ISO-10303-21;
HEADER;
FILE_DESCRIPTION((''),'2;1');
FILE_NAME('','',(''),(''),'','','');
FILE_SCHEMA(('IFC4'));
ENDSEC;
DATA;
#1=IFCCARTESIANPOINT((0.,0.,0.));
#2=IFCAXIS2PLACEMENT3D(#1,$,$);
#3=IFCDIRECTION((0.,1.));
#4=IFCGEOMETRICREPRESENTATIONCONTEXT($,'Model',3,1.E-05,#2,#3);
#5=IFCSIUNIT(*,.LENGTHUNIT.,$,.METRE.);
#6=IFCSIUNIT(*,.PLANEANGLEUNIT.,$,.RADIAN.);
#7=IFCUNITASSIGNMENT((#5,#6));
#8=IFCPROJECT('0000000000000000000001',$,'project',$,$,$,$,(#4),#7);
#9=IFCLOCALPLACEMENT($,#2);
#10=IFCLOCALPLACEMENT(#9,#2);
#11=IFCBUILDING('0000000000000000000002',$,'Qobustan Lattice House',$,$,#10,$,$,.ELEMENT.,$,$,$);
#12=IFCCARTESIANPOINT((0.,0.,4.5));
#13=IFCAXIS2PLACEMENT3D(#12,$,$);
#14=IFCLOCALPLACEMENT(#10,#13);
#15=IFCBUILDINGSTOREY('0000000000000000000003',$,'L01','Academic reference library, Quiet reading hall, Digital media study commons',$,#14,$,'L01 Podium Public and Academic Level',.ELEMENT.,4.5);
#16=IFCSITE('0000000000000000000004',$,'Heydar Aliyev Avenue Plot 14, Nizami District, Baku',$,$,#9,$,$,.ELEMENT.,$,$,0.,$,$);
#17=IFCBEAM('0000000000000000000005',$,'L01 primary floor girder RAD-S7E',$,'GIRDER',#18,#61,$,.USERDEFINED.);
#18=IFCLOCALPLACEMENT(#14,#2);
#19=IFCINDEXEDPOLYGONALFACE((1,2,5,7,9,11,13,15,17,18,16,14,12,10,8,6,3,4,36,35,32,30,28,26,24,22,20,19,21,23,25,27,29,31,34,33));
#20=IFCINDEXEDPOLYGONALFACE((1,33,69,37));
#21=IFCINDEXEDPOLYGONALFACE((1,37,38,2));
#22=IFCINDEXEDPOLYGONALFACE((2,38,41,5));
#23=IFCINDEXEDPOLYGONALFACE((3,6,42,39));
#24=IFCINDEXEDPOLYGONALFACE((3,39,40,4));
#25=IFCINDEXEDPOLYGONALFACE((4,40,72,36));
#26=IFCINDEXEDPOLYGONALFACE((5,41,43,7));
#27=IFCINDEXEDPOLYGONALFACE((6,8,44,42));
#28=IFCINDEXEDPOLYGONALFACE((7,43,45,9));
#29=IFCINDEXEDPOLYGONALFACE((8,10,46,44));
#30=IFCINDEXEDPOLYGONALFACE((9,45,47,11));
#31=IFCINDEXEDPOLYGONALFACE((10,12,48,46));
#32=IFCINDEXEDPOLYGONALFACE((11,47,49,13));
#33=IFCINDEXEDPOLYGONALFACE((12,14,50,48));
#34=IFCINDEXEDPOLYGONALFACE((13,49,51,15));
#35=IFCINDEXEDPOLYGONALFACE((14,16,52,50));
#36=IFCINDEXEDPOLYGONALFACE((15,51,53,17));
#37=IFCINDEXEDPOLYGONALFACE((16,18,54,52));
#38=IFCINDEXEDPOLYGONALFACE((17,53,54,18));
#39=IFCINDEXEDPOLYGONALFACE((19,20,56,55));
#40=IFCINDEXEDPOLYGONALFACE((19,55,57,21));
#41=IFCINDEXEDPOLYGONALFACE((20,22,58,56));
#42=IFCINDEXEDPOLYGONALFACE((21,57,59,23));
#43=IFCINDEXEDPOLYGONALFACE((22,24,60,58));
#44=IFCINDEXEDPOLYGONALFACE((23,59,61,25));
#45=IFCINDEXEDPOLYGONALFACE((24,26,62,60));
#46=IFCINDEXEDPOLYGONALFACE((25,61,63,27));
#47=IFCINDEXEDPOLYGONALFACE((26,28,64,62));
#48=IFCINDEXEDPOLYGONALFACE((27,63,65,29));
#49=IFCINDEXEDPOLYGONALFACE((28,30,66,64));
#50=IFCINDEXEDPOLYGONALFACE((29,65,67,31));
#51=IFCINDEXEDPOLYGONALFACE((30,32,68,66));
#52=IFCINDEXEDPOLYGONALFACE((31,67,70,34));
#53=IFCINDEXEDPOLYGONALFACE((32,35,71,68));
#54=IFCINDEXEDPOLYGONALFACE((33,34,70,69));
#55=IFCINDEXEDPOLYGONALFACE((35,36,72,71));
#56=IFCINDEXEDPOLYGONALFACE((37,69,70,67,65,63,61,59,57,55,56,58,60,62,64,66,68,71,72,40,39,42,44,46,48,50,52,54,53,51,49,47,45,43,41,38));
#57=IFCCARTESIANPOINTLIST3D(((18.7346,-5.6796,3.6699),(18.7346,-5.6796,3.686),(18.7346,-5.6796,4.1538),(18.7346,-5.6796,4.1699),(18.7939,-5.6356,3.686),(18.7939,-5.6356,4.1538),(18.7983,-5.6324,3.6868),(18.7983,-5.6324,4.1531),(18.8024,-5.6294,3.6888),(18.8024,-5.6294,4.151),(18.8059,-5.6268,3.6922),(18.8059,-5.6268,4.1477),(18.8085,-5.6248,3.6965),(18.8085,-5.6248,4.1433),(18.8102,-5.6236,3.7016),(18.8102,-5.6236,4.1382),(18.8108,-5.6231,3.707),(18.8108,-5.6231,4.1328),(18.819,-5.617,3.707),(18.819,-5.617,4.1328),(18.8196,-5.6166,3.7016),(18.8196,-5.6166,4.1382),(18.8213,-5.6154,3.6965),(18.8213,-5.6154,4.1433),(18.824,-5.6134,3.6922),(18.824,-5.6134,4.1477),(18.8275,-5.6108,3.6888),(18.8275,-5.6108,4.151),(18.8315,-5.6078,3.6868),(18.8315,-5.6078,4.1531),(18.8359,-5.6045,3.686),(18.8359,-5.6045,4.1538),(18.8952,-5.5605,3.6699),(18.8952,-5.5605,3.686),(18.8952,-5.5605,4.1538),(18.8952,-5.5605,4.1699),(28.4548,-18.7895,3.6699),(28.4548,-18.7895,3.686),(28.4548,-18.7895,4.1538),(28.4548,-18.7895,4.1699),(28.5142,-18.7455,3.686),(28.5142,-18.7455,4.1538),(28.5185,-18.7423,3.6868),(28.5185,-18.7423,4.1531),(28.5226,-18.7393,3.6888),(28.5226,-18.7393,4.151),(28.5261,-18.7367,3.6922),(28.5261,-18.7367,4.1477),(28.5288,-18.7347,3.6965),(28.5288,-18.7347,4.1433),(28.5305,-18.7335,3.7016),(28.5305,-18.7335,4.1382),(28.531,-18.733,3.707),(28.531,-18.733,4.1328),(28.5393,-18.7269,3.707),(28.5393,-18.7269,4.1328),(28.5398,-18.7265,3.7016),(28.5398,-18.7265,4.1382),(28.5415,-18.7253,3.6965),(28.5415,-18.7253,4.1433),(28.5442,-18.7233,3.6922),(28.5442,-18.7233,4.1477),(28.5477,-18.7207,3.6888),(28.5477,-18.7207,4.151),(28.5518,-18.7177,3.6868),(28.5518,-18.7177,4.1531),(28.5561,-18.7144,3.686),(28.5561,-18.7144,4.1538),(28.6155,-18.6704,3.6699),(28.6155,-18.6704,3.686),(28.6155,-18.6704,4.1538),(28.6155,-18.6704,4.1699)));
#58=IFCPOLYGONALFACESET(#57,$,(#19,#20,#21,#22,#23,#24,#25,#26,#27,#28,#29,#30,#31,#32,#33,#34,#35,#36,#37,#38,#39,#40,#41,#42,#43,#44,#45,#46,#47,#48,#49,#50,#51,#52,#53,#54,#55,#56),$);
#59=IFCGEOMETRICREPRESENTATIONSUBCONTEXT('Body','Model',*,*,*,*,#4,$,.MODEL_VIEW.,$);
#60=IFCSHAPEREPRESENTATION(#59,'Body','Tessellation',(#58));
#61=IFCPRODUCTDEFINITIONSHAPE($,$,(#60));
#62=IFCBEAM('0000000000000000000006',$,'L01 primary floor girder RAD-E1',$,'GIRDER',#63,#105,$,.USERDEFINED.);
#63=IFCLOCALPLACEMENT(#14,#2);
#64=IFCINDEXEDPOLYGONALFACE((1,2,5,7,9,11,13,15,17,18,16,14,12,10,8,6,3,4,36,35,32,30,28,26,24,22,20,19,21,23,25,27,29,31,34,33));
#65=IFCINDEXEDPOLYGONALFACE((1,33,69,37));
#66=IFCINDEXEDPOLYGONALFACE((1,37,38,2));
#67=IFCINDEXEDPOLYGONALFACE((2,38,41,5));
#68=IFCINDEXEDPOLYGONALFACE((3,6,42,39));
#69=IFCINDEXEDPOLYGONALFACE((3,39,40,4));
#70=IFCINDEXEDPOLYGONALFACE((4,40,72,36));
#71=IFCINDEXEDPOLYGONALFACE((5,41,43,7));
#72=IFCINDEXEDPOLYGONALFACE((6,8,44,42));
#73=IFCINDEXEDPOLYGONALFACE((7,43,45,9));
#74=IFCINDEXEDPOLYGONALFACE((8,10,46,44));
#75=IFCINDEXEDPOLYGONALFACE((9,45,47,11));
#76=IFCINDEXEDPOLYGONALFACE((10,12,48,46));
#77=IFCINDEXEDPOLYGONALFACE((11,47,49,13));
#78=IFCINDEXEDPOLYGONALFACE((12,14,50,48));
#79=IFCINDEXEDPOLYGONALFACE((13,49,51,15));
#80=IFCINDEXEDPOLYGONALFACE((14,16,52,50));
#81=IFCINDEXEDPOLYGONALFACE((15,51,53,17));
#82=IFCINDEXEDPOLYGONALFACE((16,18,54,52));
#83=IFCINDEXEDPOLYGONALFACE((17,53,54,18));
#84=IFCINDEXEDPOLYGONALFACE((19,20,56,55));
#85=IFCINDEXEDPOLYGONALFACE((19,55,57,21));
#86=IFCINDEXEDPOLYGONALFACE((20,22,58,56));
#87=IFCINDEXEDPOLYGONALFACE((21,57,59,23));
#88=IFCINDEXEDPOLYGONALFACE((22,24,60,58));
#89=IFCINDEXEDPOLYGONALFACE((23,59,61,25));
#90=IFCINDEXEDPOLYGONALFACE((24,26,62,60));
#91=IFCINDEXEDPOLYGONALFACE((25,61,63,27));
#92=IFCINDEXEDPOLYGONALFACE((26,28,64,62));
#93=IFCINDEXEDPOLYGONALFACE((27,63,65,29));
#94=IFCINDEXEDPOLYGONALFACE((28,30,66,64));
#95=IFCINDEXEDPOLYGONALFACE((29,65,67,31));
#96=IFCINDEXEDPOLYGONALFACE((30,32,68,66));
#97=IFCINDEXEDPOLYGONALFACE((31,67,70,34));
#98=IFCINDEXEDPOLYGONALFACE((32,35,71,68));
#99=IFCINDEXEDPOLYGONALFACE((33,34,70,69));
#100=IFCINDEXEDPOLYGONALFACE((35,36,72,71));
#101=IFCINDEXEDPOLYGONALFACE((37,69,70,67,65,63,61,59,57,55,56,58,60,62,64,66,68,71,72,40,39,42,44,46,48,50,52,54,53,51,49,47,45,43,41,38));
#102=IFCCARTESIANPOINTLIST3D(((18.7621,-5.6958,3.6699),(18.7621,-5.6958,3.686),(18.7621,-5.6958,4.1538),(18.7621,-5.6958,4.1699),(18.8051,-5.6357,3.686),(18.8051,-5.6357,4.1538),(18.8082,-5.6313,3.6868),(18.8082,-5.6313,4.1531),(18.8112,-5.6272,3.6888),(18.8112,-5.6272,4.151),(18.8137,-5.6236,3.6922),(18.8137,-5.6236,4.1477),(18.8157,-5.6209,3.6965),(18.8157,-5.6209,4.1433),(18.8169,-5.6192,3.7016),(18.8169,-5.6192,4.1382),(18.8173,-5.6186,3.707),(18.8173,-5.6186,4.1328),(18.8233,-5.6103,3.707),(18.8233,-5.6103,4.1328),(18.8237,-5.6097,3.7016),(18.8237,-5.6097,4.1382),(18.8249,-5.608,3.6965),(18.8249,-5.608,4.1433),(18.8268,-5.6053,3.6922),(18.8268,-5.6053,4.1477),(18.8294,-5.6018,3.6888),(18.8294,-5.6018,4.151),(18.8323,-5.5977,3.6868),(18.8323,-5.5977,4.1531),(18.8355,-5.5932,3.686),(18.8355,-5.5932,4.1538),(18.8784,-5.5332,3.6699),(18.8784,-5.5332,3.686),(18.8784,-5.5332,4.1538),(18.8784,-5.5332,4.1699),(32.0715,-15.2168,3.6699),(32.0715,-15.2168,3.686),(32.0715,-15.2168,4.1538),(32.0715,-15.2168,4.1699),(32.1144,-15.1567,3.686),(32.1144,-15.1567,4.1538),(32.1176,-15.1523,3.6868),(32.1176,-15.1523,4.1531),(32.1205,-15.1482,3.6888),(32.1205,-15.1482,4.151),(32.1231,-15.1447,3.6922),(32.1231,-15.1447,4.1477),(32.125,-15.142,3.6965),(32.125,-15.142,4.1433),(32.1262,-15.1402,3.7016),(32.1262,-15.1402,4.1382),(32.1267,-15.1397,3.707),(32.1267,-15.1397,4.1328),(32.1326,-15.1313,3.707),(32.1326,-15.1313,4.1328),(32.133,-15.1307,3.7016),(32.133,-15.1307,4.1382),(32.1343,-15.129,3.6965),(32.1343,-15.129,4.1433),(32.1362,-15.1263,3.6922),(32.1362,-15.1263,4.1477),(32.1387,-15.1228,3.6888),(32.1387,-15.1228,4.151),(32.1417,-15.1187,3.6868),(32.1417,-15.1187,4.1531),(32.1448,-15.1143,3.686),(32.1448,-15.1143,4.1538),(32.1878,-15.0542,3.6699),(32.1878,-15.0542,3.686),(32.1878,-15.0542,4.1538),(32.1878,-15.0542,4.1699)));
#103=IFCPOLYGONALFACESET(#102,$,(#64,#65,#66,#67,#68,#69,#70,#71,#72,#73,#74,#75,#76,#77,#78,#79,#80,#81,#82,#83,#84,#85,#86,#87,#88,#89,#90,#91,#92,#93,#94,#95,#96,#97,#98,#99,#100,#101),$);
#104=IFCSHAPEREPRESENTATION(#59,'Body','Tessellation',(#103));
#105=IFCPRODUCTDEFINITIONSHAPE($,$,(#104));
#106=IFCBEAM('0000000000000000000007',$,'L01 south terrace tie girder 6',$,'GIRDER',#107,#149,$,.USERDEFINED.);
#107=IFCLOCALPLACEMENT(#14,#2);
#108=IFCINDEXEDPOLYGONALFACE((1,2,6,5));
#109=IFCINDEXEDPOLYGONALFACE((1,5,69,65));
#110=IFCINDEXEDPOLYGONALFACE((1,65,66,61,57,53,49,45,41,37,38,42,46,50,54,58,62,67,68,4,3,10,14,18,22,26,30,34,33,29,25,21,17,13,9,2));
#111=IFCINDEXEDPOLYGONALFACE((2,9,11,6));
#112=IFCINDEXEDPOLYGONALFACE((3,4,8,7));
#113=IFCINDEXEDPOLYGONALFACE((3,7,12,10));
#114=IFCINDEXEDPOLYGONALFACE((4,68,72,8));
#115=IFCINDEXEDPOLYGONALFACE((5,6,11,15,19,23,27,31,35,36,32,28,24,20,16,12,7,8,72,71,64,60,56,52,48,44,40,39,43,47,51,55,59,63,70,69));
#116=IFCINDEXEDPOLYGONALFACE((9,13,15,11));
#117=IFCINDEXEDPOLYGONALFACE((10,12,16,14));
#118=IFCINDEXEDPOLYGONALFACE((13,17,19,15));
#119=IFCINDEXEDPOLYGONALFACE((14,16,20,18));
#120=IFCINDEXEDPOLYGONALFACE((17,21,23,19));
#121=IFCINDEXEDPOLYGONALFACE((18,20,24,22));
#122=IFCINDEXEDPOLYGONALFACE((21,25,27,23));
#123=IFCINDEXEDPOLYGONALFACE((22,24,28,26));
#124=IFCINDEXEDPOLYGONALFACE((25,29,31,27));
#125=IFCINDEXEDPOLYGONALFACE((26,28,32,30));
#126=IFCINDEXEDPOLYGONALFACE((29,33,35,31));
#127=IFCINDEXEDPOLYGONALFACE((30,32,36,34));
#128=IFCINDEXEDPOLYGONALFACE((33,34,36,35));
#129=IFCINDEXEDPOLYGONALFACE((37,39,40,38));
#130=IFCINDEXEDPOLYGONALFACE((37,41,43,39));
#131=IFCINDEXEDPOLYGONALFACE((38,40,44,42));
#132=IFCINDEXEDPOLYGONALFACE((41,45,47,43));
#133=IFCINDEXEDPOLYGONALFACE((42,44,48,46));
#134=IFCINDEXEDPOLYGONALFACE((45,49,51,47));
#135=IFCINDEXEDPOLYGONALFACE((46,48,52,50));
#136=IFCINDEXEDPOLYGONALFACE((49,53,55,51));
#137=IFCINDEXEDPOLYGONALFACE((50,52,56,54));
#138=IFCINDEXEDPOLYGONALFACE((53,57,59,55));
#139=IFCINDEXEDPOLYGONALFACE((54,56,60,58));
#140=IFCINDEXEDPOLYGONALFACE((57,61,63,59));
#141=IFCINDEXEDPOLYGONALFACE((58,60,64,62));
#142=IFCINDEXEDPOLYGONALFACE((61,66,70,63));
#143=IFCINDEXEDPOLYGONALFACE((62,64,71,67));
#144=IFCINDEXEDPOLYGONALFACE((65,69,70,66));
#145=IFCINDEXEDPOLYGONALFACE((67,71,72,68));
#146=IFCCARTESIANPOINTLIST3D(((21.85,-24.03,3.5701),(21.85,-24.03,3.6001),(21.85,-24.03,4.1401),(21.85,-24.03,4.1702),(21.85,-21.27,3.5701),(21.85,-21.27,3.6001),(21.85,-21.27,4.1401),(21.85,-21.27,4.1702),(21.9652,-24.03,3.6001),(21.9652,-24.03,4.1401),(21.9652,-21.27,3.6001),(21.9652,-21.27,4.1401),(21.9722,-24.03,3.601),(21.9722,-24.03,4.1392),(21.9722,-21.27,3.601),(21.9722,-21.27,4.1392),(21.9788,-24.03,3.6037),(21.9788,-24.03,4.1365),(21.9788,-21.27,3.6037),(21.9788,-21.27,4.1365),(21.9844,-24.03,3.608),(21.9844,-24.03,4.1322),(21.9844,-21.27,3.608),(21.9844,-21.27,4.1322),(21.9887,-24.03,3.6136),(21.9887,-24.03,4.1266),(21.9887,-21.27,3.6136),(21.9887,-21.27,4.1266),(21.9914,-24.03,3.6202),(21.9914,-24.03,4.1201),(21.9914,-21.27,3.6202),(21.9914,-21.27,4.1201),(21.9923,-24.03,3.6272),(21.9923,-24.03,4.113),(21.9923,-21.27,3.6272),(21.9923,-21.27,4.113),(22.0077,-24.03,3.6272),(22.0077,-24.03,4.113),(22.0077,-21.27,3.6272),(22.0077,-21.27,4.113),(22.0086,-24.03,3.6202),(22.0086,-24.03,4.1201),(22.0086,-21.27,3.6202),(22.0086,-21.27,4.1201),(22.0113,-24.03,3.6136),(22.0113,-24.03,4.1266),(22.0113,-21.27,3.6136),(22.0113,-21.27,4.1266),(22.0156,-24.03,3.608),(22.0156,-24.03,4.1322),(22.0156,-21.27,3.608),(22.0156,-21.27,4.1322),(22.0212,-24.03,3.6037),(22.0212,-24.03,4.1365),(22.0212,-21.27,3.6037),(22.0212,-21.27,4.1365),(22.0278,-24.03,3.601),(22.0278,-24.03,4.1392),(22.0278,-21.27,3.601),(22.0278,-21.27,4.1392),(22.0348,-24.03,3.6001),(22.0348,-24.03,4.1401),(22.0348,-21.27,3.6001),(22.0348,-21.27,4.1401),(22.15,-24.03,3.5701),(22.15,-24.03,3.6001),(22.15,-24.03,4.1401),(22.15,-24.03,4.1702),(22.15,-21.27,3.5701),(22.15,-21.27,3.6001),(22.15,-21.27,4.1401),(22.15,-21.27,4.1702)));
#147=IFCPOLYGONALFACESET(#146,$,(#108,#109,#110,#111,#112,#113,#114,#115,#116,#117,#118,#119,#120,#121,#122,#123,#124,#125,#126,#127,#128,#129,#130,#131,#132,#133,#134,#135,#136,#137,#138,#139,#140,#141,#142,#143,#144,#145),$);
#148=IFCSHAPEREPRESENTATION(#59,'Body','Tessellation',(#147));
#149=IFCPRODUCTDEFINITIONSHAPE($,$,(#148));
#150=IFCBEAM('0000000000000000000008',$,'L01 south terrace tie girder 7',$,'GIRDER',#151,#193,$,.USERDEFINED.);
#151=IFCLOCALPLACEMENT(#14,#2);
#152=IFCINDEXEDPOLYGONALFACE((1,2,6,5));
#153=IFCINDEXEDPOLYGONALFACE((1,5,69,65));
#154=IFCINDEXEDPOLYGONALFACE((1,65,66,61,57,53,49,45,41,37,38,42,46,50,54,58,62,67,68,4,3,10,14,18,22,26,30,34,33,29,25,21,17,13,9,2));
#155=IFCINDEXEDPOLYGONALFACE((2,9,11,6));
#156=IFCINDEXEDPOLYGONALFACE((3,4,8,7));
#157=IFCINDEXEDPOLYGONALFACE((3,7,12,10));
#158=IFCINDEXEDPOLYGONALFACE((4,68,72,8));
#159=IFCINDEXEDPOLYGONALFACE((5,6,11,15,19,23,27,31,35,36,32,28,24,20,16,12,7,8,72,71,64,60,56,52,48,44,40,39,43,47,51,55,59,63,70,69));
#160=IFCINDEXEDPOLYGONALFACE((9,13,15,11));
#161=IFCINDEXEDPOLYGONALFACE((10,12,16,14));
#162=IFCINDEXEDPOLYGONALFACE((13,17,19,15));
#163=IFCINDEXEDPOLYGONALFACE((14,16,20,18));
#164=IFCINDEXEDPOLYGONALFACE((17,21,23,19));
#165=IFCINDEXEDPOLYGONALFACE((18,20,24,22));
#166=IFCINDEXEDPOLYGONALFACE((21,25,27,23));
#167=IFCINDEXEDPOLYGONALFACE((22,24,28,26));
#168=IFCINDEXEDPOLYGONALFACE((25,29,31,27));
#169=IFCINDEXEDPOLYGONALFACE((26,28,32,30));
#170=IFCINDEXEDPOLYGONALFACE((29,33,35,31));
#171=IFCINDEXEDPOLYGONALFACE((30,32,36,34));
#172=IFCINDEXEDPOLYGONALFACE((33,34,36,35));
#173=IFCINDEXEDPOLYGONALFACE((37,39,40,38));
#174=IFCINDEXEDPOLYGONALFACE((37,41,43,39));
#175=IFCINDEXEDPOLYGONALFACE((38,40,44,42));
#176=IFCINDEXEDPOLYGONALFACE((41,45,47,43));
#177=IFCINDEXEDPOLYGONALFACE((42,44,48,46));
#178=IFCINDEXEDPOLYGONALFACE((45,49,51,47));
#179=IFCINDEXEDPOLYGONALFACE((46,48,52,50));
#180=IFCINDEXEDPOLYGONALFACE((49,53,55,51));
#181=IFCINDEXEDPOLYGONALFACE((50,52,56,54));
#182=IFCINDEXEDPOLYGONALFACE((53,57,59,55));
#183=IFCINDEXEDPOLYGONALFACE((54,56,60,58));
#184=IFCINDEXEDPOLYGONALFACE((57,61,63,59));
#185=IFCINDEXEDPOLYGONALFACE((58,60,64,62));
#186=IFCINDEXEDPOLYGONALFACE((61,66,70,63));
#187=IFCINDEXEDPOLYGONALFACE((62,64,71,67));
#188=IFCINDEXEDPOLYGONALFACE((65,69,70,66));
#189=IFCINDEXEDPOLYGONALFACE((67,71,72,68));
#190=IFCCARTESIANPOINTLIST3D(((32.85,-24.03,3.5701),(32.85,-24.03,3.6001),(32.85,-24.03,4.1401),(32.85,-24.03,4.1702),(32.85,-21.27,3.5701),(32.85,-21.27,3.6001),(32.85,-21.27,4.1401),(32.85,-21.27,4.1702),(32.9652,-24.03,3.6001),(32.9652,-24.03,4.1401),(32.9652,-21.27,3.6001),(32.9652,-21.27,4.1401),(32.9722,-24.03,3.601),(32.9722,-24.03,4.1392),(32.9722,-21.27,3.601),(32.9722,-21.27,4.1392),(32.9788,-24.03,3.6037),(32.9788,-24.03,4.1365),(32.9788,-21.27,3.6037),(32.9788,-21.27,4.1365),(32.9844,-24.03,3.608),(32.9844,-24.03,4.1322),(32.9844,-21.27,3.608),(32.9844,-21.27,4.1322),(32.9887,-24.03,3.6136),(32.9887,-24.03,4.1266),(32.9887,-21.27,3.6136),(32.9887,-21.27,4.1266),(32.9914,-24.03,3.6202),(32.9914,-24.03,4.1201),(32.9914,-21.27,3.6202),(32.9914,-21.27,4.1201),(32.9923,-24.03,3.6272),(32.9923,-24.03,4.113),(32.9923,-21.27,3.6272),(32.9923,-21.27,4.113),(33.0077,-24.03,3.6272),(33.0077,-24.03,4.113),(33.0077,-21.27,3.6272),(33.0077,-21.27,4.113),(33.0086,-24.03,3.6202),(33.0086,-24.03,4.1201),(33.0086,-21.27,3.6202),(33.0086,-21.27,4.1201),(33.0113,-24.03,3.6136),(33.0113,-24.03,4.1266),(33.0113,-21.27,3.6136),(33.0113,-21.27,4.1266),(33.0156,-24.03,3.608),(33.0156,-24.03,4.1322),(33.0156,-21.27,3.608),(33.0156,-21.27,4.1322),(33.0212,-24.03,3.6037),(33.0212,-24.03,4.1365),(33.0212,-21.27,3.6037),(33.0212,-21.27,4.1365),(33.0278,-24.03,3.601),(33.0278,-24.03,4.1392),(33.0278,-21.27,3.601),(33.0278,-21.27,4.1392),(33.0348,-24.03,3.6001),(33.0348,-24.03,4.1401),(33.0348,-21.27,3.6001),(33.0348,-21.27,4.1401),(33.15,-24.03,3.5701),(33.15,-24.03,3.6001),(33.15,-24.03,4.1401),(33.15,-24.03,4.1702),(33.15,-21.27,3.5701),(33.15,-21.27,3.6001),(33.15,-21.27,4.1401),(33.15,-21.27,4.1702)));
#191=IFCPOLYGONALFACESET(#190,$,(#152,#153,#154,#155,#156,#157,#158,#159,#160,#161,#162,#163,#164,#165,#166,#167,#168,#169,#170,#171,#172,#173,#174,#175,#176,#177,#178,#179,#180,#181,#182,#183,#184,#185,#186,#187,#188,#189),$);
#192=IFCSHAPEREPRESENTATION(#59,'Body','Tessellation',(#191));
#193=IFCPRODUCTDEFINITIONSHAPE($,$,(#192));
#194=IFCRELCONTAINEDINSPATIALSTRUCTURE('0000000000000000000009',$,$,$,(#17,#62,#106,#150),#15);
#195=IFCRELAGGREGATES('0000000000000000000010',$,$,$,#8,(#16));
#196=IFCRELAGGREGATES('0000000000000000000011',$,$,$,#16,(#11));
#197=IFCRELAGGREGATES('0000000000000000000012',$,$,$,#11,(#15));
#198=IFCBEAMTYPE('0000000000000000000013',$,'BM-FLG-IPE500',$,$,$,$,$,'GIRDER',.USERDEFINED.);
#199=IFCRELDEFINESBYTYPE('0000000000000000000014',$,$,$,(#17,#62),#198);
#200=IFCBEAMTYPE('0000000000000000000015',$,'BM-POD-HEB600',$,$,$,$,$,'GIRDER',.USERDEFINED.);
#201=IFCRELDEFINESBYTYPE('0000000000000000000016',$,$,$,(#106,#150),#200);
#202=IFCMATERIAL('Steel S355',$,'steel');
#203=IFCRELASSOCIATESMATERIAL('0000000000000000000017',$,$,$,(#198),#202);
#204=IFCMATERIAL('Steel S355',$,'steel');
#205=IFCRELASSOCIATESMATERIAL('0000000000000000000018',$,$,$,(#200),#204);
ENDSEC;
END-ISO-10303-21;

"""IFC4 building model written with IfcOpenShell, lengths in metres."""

from ifc_helpers import new_model, si_unit, direction, frame, origin, origin_2d, place, context, subcontext, project, spatial, i_section, extrude, material, material_profile, profile_set, type_object, element, save


model = new_model("IFC4")

# Units and contexts
model_context = context("Model", 3, precision=1e-05, world=origin(), true_north=direction((0.0, 1.0)))
body_context = subcontext(model_context, "Body", "Model", "MODEL_VIEW")
ifc_project = project(units=[si_unit("LENGTHUNIT", "METRE"), si_unit("PLANEANGLEUNIT", "RADIAN")], contexts=[model_context])

# Site, building, storey
site_placement = place(None, origin())
site = spatial("IfcSite", under=ifc_project, at=site_placement, Name="Heydar Aliyev Avenue Plot 14, Nizami District, Baku", CompositionType="ELEMENT", RefElevation=0.0)
building_placement = place(site_placement, origin())
building = spatial("IfcBuilding", under=site, at=building_placement, Name="Qobustan Lattice House", CompositionType="ELEMENT")
storey_placement = place(building_placement, frame((0.0, 0.0, 4.5)))
storey = spatial("IfcBuildingStorey", under=building, at=storey_placement, Name="L01", Description="Academic reference library, Quiet reading hall, Digital media study commons", LongName="L01 Podium Public and Academic Level", CompositionType="ELEMENT", Elevation=4.5)

# Beams
ifc_material_1 = material(Name="Steel S355", Category="steel")
ifc_material_profile_1 = material_profile(ifc_material_1, i_section(OverallWidth=0.2, OverallDepth=0.5, WebThickness=0.0103, FlangeThickness=0.0161, FilletRadius=0.021, at=origin_2d()), Name="IPE500")
ifc_profile_set_1 = profile_set([ifc_material_profile_1], Name="Steel S355")
beam_type_1 = type_object("IfcBeamType", Name="BM-FLG-IPE500", ElementType="GIRDER", PredefinedType="USERDEFINED", material=ifc_profile_set_1)
beam_1_placement = place(storey_placement, frame((28.5352, -18.73, 3.9199), z_axis=(-0.595592, 0.803287, 0.0), x_axis=(-0.803287, -0.595592, 0.0)))
element("IfcBeam", 1, at=beam_1_placement, inside=storey, type_object=beam_type_1, Name="L01 primary floor girder RAD-S7E", ObjectType="GIRDER", PredefinedType="USERDEFINED", context=body_context, shape_type="SweptSolid", body=[
    extrude(i_section(OverallWidth=0.2, OverallDepth=0.5, WebThickness=0.0103, FlangeThickness=0.0161, FilletRadius=0.021, at=origin_2d()), origin(), (0.0, 0.0, 1.0), 16.3203),
])
beam_2_placement = place(storey_placement, frame((32.1296, -15.1355, 3.9199), z_axis=(-0.813319, 0.581818, 0.0), x_axis=(-0.581818, -0.813319, 0.0)))
element("IfcBeam", 2, at=beam_2_placement, inside=storey, type_object=beam_type_1, Name="L01 primary floor girder RAD-E1", ObjectType="GIRDER", PredefinedType="USERDEFINED", context=body_context, shape_type="SweptSolid", body=[
    extrude(i_section(OverallWidth=0.2, OverallDepth=0.5, WebThickness=0.0103, FlangeThickness=0.0161, FilletRadius=0.021, at=origin_2d()), origin(), (0.0, 0.0, 1.0), 16.3643),
])
ifc_material_2 = material(Name="Steel S355", Category="steel")
ifc_material_profile_2 = material_profile(ifc_material_2, i_section(OverallWidth=0.3, OverallDepth=0.6001, WebThickness=0.0154, FlangeThickness=0.03, FilletRadius=0.0271, at=origin_2d()), Name="HEB600")
ifc_profile_set_2 = profile_set([ifc_material_profile_2], Name="Steel S355")
beam_type_2 = type_object("IfcBeamType", Name="BM-POD-HEB600", ElementType="GIRDER", PredefinedType="USERDEFINED", material=ifc_profile_set_2)
for number, where, z_axis, x_axis, name in (
    (3, (22.0, -24.03, 3.8701), (0.0, 1.0, 0.0), (-1.0, 0.0, 0.0), "L01 south terrace tie girder 6"),
    (4, (33.0, -24.03, 3.8701), (0.0, 1.0, 0.0), (-1.0, 0.0, 0.0), "L01 south terrace tie girder 7"),
):
    element("IfcBeam", number, at=place(storey_placement, frame(where, z_axis=z_axis, x_axis=x_axis)), inside=storey, type_object=beam_type_2, Name=name, ObjectType="GIRDER", PredefinedType="USERDEFINED", context=body_context, shape_type="SweptSolid", body=[
        extrude(i_section(OverallWidth=0.3, OverallDepth=0.6001, WebThickness=0.0154, FlangeThickness=0.03, FilletRadius=0.0271, at=origin_2d()), origin(), (0.0, 0.0, 1.0), 2.76),
    ])

save(model, "model.ifc")
